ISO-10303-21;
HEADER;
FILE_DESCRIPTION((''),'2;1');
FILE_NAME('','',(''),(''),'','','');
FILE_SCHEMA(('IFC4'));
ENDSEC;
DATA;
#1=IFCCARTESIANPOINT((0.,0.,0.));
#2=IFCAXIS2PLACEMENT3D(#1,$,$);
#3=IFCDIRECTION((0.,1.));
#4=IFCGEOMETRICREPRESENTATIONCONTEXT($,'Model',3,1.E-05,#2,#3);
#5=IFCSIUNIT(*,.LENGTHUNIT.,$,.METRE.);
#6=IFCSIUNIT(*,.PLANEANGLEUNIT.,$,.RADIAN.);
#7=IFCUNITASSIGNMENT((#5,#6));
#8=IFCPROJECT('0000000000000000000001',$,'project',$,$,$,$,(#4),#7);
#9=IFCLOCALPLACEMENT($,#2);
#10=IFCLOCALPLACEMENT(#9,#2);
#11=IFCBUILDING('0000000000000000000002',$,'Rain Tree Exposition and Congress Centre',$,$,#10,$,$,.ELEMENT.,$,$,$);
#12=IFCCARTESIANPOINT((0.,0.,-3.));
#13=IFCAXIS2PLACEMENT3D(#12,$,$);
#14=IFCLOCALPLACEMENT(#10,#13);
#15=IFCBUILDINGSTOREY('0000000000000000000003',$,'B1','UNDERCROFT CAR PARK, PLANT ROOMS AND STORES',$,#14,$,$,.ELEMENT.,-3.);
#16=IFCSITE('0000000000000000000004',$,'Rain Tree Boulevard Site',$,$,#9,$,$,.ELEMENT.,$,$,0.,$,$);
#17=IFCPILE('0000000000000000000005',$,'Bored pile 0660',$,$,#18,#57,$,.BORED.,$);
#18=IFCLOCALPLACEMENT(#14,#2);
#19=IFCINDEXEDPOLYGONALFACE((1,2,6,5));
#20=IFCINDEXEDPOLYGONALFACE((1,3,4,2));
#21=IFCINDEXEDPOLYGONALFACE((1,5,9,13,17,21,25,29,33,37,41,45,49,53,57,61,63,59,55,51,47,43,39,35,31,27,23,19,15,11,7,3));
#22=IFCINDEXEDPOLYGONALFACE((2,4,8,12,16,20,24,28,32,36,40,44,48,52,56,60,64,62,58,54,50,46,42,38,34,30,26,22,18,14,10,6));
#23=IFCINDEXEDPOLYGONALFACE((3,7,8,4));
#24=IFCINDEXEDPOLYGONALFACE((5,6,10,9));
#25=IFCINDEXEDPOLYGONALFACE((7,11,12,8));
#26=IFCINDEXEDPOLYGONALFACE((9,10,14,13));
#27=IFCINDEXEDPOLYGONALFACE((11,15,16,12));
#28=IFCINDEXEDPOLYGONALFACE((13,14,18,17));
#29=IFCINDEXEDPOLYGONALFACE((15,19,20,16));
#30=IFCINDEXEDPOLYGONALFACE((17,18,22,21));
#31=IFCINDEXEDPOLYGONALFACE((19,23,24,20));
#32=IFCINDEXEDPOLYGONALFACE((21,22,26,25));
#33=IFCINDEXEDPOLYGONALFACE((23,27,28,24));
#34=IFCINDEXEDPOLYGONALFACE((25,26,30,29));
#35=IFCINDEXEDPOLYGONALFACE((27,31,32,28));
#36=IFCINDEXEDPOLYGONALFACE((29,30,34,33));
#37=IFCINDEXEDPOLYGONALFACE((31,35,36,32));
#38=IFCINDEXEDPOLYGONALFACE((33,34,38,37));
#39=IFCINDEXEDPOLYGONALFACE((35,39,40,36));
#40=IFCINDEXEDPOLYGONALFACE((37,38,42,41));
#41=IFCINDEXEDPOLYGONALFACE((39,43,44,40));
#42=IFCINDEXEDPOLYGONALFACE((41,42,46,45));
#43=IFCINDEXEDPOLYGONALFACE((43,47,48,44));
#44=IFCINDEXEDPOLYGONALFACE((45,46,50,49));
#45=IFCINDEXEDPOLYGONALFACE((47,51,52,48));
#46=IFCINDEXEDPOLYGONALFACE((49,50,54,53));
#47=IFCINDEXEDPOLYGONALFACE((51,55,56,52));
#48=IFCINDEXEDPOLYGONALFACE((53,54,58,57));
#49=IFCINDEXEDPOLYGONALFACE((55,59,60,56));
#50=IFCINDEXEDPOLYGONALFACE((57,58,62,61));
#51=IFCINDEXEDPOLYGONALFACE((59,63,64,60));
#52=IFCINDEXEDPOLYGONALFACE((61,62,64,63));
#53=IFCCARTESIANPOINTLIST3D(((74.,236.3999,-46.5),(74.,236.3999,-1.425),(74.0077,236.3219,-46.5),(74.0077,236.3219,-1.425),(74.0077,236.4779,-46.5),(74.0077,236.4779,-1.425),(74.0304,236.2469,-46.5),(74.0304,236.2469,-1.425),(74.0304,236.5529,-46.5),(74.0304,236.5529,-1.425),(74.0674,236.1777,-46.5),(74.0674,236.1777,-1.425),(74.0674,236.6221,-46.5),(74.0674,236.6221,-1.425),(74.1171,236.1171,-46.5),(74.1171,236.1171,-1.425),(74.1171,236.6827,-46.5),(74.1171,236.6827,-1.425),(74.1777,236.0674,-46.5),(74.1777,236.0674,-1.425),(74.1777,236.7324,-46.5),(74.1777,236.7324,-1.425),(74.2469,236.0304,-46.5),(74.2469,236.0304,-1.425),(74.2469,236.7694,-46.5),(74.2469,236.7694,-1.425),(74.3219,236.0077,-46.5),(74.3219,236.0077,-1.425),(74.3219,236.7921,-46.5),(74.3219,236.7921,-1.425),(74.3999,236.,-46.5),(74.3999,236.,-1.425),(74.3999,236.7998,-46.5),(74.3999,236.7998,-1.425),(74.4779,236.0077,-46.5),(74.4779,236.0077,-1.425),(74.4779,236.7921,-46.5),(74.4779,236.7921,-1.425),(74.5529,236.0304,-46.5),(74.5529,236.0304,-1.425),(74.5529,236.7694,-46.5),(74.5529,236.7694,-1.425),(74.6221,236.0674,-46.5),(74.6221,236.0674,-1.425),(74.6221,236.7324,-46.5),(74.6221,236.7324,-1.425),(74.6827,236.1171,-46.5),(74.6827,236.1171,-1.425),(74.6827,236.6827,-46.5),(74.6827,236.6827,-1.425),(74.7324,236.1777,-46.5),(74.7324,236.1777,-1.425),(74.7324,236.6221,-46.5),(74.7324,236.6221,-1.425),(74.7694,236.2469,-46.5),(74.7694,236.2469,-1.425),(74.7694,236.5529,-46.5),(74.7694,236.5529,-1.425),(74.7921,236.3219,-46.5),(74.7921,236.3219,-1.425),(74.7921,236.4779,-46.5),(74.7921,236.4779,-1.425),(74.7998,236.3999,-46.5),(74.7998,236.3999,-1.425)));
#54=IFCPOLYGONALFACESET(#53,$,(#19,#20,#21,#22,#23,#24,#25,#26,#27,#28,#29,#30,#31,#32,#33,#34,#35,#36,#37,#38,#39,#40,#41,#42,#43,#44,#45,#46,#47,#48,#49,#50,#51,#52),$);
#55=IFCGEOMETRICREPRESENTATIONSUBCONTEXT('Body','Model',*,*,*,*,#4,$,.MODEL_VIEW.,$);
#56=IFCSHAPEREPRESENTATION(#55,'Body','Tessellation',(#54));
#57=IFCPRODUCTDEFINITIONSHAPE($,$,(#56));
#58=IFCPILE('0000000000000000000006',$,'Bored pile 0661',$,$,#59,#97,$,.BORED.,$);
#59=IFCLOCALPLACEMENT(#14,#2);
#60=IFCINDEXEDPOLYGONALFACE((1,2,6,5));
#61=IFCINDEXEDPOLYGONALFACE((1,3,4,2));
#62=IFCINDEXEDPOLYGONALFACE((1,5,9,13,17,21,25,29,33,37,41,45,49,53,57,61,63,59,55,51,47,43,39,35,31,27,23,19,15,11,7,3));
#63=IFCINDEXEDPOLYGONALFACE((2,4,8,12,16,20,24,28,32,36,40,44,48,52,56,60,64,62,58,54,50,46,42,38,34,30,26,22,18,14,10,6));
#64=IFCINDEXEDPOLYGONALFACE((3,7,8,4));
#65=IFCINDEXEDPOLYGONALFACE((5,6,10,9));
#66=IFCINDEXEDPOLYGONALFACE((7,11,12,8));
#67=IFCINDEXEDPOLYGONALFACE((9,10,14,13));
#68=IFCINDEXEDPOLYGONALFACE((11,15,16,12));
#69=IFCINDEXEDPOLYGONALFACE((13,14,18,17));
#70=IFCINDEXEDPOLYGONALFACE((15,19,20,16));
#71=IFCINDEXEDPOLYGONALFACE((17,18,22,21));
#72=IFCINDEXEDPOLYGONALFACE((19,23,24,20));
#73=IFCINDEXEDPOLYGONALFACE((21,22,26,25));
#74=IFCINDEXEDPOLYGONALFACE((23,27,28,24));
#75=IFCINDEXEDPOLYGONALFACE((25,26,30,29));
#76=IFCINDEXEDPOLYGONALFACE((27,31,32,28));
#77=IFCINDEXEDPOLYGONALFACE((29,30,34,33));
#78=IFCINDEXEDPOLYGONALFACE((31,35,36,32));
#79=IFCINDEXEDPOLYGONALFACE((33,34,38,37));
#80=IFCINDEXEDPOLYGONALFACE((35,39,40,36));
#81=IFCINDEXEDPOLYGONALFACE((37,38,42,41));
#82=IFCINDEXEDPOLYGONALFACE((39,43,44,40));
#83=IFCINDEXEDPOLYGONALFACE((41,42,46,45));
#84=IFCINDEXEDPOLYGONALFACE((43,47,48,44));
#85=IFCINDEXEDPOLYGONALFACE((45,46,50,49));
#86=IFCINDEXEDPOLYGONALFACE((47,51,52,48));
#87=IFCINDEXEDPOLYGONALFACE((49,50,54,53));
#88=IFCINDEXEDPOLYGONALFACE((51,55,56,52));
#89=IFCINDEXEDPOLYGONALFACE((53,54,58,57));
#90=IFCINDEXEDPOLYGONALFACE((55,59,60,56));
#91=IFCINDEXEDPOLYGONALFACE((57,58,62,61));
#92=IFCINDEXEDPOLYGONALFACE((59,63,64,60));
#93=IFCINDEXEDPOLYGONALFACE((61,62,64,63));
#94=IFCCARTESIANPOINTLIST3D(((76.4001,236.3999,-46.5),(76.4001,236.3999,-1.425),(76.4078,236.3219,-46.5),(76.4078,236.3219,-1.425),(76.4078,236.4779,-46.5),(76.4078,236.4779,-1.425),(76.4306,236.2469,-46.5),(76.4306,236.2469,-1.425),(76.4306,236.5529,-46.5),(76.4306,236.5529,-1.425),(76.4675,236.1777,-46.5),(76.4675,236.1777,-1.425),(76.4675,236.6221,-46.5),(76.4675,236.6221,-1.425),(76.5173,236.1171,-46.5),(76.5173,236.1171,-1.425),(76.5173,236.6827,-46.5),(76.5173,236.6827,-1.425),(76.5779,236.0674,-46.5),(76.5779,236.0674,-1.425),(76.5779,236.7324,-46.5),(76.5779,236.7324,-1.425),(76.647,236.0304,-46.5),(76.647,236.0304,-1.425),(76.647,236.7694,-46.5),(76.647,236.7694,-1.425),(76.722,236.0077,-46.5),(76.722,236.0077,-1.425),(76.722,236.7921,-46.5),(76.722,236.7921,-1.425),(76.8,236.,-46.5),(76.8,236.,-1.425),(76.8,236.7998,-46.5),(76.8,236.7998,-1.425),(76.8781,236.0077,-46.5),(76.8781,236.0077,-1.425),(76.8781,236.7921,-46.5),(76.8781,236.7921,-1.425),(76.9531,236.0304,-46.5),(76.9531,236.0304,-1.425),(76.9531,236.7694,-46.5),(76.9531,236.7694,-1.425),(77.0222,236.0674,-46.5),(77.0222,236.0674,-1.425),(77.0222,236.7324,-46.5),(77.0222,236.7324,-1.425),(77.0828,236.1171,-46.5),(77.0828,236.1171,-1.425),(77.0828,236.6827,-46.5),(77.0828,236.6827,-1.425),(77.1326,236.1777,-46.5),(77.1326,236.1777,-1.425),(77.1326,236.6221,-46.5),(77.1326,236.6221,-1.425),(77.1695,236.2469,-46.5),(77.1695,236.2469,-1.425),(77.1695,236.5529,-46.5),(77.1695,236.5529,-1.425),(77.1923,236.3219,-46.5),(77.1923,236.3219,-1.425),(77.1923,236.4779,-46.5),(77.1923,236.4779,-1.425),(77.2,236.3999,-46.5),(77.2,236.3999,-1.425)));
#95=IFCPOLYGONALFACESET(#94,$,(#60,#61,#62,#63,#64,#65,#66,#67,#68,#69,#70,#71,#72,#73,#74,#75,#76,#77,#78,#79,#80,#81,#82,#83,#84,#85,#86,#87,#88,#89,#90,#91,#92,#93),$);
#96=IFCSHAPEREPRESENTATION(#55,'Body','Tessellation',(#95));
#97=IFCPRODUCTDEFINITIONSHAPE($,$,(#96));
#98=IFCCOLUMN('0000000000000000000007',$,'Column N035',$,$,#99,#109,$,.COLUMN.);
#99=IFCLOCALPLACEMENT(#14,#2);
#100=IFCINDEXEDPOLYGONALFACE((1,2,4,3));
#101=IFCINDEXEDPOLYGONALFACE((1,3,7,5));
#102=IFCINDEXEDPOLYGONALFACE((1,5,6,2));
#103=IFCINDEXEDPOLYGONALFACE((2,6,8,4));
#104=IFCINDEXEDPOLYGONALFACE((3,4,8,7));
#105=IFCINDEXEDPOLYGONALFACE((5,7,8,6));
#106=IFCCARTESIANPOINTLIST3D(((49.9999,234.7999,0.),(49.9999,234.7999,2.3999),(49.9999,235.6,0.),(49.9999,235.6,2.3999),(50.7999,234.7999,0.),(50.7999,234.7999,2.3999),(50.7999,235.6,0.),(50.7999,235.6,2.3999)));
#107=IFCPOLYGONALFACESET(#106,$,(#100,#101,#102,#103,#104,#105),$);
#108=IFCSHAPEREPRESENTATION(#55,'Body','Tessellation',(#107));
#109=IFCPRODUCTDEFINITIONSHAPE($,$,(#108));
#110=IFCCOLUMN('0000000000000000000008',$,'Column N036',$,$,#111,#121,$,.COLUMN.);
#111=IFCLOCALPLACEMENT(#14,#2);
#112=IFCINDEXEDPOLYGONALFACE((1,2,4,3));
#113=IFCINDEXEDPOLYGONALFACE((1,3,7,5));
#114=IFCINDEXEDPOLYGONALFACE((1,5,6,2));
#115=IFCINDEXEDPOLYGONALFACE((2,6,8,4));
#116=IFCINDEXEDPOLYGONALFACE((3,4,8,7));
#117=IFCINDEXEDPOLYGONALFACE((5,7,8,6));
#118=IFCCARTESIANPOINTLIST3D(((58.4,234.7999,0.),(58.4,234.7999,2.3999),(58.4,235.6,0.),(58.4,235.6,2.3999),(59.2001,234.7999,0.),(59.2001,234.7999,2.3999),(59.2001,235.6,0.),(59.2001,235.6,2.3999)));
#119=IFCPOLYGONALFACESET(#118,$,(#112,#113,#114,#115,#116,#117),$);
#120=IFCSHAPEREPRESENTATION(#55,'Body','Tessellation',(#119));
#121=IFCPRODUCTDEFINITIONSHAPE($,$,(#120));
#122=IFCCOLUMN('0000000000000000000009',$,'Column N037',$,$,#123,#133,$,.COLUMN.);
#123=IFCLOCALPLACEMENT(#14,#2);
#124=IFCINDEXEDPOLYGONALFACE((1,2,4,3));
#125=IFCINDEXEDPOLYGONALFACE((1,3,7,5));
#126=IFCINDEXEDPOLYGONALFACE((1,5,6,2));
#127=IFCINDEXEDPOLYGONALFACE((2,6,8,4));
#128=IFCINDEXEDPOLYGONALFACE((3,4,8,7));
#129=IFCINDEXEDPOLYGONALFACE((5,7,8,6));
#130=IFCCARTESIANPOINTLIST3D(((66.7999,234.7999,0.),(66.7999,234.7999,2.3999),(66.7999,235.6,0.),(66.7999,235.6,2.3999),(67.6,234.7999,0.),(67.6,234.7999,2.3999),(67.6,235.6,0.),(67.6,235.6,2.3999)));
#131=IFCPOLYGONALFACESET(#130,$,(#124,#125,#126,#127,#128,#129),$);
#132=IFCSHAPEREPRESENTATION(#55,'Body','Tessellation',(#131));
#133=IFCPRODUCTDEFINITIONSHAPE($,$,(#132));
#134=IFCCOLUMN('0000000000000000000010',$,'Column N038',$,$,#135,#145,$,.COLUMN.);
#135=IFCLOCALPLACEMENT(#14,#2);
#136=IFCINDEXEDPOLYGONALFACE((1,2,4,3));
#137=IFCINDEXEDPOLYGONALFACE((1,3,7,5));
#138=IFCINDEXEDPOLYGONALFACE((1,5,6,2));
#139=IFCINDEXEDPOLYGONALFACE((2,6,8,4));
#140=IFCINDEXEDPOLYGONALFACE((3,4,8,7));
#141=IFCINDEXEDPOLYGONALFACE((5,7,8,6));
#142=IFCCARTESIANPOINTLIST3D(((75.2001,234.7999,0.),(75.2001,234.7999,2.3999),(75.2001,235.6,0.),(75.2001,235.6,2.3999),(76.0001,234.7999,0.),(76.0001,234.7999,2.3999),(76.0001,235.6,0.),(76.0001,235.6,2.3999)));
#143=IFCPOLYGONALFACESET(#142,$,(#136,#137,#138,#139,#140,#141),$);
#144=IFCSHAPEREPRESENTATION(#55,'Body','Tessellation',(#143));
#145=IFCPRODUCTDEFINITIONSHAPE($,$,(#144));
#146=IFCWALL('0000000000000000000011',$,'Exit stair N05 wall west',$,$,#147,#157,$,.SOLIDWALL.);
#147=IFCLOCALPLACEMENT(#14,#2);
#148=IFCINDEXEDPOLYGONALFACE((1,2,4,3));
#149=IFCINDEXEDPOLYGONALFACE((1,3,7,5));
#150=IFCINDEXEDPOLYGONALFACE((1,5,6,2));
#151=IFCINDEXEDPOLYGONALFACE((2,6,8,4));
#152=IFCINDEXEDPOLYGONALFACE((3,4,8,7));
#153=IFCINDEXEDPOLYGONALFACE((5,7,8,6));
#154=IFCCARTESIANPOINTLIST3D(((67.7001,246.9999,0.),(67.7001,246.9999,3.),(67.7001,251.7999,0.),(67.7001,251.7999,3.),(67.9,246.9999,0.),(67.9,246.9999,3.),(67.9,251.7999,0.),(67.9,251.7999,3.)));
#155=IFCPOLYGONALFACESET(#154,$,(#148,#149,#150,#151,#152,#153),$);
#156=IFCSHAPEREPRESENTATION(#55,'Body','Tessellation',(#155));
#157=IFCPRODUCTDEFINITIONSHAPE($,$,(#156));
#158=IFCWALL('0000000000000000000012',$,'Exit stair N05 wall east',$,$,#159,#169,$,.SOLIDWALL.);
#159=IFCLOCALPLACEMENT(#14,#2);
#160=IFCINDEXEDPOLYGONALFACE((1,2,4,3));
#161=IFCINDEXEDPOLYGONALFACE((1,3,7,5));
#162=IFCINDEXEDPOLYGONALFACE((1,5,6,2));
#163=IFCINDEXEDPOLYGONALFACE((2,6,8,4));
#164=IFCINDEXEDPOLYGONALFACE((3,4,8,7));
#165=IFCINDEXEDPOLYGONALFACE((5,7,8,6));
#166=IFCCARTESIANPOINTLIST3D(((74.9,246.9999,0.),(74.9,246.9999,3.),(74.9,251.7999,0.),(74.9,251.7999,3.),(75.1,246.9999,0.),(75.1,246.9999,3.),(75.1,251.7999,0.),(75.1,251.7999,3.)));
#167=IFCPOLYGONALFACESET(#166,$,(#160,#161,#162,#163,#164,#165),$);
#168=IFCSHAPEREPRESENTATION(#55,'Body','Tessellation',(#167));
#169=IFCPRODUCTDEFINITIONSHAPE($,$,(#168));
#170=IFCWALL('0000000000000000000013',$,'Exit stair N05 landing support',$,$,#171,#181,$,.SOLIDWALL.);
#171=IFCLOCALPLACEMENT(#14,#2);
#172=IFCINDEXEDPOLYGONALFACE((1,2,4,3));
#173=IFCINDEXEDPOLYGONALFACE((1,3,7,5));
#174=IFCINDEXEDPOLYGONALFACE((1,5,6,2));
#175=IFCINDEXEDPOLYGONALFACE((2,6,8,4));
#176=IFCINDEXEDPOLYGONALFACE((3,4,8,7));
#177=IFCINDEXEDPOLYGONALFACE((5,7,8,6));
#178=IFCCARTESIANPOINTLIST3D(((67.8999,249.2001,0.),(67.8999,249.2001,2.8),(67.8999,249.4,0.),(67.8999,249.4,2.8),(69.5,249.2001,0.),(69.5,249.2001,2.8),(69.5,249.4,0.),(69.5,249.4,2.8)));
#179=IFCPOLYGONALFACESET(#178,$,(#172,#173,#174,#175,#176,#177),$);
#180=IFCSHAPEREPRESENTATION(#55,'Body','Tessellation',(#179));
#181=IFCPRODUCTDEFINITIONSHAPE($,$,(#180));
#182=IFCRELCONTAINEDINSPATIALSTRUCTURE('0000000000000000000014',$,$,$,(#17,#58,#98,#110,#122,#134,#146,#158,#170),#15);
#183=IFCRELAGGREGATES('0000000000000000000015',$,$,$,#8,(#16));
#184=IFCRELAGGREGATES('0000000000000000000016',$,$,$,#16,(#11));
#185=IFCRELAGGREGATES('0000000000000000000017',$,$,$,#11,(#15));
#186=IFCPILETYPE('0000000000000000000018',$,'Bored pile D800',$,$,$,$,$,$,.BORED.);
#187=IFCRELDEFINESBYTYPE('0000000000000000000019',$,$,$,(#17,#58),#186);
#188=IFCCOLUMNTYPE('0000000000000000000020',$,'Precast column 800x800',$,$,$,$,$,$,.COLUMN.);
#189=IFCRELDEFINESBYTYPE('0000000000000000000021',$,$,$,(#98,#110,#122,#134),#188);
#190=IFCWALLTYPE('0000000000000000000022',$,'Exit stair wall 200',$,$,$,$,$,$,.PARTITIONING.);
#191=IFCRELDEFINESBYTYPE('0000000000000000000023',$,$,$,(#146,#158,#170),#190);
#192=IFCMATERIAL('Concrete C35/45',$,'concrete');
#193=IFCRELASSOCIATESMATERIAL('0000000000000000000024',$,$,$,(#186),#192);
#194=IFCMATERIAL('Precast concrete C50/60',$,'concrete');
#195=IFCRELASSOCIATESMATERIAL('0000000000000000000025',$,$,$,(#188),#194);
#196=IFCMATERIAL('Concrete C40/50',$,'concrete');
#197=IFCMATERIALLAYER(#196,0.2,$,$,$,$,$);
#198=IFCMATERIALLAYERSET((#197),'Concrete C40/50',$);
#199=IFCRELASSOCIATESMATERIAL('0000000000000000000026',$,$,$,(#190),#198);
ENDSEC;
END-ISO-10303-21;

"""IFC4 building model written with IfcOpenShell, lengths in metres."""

from ifc_helpers import new_model, si_unit, direction, frame, frame_2d, origin, origin_2d, place, context, subcontext, project, spatial, rectangle, circle, extrude, material, layer, layer_set, material_profile, profile_set, type_object, element, save


model = new_model("IFC4")

# Units and contexts
model_context = context("Model", 3, precision=1e-05, world=origin(), true_north=direction((0.0, 1.0)))
body_context = subcontext(model_context, "Body", "Model", "MODEL_VIEW")
ifc_project = project(units=[si_unit("LENGTHUNIT", "METRE"), si_unit("PLANEANGLEUNIT", "RADIAN")], contexts=[model_context])

# Site, building, storey
site_placement = place(None, origin())
site = spatial("IfcSite", under=ifc_project, at=site_placement, Name="Rain Tree Boulevard Site", CompositionType="ELEMENT", RefElevation=0.0)
building_placement = place(site_placement, origin())
building = spatial("IfcBuilding", under=site, at=building_placement, Name="Rain Tree Exposition and Congress Centre", CompositionType="ELEMENT")
storey_placement = place(building_placement, frame((0.0, 0.0, -3.0)))
storey = spatial("IfcBuildingStorey", under=building, at=storey_placement, Name="B1", Description="UNDERCROFT CAR PARK, PLANT ROOMS AND STORES", CompositionType="ELEMENT", Elevation=-3.0)

# Piles
ifc_material_1 = material(Name="Concrete C35/45", Category="concrete")
ifc_material_profile_1 = material_profile(ifc_material_1, circle(Radius=0.3999, at=origin_2d()), Name="D800")
ifc_profile_set_1 = profile_set([ifc_material_profile_1], Name="Concrete C35/45")
pile_type_1 = type_object("IfcPileType", Name="Bored pile D800", PredefinedType="BORED", material=ifc_profile_set_1)
for number, where, z_axis, x_axis, name in (
    (1, (74.3999, 236.3999, -1.425), (0.0, 0.0, -1.0), (1.0, 0.0, 0.0), "Bored pile 0660"),
    (2, (76.8, 236.3999, -1.425), (0.0, 0.0, -1.0), (1.0, 0.0, 0.0), "Bored pile 0661"),
):
    element("IfcPile", number, at=place(storey_placement, frame(where, z_axis=z_axis, x_axis=x_axis)), inside=storey, type_object=pile_type_1, Name=name, PredefinedType="BORED", context=body_context, shape_type="SweptSolid", body=[
        extrude(circle(Radius=0.3999, at=origin_2d()), origin(), (0.0, 0.0, 1.0), 45.075),
    ])

# Columns
ifc_material_2 = material(Name="Precast concrete C50/60", Category="concrete")
ifc_material_profile_2 = material_profile(ifc_material_2, rectangle(XDim=0.8, YDim=0.8, at=origin_2d()), Name="RC 800x800")
ifc_profile_set_2 = profile_set([ifc_material_profile_2], Name="Precast concrete C50/60")
column_type = type_object("IfcColumnType", Name="Precast column 800x800", PredefinedType="COLUMN", material=ifc_profile_set_2)
for number, where, z_axis, x_axis, name in (
    (3, (50.3999, 235.2, 0.0), (0.0, 0.0, 1.0), (1.0, 0.0, 0.0), "Column N035"),
    (4, (58.8, 235.2, 0.0), (0.0, 0.0, 1.0), (1.0, 0.0, 0.0), "Column N036"),
    (5, (67.2, 235.2, 0.0), (0.0, 0.0, 1.0), (1.0, 0.0, 0.0), "Column N037"),
    (6, (75.6001, 235.2, 0.0), (0.0, 0.0, 1.0), (1.0, 0.0, 0.0), "Column N038"),
):
    element("IfcColumn", number, at=place(storey_placement, frame(where, z_axis=z_axis, x_axis=x_axis)), inside=storey, type_object=column_type, Name=name, PredefinedType="COLUMN", context=body_context, shape_type="SweptSolid", body=[
        extrude(rectangle(XDim=0.8, YDim=0.8, at=origin_2d()), origin(), (0.0, 0.0, 1.0), 2.3999),
    ])

# Walls
ifc_material_3 = material(Name="Concrete C40/50", Category="concrete")
ifc_layer = layer(ifc_material_3, 0.2)
ifc_layer_set = layer_set([ifc_layer], Name="Concrete C40/50")
wall_type = type_object("IfcWallType", Name="Exit stair wall 200", PredefinedType="PARTITIONING", material=ifc_layer_set)
for number, where, z_axis, x_axis, name in (
    (7, (67.8, 247.0, 0.0), (0.0, 0.0, 1.0), (0.0, 1.0, 0.0), "Exit stair N05 wall west"),
    (8, (75.0, 247.0, 0.0), (0.0, 0.0, 1.0), (0.0, 1.0, 0.0), "Exit stair N05 wall east"),
):
    element("IfcWall", number, at=place(storey_placement, frame(where, z_axis=z_axis, x_axis=x_axis)), inside=storey, type_object=wall_type, Name=name, PredefinedType="SOLIDWALL", context=body_context, shape_type="SweptSolid", body=[
        extrude(rectangle(XDim=4.8, YDim=0.2, at=frame_2d((2.3999, 0.0))), origin(), (0.0, 0.0, 1.0), 3.0),
    ])

# Wall
wall_1_placement = place(storey_placement, frame((67.8999, 249.3, 0.0), z_axis=(0.0, 0.0, 1.0), x_axis=(1.0, 0.0, 0.0)))
element("IfcWall", 9, at=wall_1_placement, inside=storey, type_object=wall_type, Name="Exit stair N05 landing support", PredefinedType="SOLIDWALL", context=body_context, shape_type="SweptSolid", body=[
    extrude(rectangle(XDim=1.6001, YDim=0.2, at=frame_2d((0.8, 0.0))), origin(), (0.0, 0.0, 1.0), 2.8),
])

save(model, "model.ifc")
